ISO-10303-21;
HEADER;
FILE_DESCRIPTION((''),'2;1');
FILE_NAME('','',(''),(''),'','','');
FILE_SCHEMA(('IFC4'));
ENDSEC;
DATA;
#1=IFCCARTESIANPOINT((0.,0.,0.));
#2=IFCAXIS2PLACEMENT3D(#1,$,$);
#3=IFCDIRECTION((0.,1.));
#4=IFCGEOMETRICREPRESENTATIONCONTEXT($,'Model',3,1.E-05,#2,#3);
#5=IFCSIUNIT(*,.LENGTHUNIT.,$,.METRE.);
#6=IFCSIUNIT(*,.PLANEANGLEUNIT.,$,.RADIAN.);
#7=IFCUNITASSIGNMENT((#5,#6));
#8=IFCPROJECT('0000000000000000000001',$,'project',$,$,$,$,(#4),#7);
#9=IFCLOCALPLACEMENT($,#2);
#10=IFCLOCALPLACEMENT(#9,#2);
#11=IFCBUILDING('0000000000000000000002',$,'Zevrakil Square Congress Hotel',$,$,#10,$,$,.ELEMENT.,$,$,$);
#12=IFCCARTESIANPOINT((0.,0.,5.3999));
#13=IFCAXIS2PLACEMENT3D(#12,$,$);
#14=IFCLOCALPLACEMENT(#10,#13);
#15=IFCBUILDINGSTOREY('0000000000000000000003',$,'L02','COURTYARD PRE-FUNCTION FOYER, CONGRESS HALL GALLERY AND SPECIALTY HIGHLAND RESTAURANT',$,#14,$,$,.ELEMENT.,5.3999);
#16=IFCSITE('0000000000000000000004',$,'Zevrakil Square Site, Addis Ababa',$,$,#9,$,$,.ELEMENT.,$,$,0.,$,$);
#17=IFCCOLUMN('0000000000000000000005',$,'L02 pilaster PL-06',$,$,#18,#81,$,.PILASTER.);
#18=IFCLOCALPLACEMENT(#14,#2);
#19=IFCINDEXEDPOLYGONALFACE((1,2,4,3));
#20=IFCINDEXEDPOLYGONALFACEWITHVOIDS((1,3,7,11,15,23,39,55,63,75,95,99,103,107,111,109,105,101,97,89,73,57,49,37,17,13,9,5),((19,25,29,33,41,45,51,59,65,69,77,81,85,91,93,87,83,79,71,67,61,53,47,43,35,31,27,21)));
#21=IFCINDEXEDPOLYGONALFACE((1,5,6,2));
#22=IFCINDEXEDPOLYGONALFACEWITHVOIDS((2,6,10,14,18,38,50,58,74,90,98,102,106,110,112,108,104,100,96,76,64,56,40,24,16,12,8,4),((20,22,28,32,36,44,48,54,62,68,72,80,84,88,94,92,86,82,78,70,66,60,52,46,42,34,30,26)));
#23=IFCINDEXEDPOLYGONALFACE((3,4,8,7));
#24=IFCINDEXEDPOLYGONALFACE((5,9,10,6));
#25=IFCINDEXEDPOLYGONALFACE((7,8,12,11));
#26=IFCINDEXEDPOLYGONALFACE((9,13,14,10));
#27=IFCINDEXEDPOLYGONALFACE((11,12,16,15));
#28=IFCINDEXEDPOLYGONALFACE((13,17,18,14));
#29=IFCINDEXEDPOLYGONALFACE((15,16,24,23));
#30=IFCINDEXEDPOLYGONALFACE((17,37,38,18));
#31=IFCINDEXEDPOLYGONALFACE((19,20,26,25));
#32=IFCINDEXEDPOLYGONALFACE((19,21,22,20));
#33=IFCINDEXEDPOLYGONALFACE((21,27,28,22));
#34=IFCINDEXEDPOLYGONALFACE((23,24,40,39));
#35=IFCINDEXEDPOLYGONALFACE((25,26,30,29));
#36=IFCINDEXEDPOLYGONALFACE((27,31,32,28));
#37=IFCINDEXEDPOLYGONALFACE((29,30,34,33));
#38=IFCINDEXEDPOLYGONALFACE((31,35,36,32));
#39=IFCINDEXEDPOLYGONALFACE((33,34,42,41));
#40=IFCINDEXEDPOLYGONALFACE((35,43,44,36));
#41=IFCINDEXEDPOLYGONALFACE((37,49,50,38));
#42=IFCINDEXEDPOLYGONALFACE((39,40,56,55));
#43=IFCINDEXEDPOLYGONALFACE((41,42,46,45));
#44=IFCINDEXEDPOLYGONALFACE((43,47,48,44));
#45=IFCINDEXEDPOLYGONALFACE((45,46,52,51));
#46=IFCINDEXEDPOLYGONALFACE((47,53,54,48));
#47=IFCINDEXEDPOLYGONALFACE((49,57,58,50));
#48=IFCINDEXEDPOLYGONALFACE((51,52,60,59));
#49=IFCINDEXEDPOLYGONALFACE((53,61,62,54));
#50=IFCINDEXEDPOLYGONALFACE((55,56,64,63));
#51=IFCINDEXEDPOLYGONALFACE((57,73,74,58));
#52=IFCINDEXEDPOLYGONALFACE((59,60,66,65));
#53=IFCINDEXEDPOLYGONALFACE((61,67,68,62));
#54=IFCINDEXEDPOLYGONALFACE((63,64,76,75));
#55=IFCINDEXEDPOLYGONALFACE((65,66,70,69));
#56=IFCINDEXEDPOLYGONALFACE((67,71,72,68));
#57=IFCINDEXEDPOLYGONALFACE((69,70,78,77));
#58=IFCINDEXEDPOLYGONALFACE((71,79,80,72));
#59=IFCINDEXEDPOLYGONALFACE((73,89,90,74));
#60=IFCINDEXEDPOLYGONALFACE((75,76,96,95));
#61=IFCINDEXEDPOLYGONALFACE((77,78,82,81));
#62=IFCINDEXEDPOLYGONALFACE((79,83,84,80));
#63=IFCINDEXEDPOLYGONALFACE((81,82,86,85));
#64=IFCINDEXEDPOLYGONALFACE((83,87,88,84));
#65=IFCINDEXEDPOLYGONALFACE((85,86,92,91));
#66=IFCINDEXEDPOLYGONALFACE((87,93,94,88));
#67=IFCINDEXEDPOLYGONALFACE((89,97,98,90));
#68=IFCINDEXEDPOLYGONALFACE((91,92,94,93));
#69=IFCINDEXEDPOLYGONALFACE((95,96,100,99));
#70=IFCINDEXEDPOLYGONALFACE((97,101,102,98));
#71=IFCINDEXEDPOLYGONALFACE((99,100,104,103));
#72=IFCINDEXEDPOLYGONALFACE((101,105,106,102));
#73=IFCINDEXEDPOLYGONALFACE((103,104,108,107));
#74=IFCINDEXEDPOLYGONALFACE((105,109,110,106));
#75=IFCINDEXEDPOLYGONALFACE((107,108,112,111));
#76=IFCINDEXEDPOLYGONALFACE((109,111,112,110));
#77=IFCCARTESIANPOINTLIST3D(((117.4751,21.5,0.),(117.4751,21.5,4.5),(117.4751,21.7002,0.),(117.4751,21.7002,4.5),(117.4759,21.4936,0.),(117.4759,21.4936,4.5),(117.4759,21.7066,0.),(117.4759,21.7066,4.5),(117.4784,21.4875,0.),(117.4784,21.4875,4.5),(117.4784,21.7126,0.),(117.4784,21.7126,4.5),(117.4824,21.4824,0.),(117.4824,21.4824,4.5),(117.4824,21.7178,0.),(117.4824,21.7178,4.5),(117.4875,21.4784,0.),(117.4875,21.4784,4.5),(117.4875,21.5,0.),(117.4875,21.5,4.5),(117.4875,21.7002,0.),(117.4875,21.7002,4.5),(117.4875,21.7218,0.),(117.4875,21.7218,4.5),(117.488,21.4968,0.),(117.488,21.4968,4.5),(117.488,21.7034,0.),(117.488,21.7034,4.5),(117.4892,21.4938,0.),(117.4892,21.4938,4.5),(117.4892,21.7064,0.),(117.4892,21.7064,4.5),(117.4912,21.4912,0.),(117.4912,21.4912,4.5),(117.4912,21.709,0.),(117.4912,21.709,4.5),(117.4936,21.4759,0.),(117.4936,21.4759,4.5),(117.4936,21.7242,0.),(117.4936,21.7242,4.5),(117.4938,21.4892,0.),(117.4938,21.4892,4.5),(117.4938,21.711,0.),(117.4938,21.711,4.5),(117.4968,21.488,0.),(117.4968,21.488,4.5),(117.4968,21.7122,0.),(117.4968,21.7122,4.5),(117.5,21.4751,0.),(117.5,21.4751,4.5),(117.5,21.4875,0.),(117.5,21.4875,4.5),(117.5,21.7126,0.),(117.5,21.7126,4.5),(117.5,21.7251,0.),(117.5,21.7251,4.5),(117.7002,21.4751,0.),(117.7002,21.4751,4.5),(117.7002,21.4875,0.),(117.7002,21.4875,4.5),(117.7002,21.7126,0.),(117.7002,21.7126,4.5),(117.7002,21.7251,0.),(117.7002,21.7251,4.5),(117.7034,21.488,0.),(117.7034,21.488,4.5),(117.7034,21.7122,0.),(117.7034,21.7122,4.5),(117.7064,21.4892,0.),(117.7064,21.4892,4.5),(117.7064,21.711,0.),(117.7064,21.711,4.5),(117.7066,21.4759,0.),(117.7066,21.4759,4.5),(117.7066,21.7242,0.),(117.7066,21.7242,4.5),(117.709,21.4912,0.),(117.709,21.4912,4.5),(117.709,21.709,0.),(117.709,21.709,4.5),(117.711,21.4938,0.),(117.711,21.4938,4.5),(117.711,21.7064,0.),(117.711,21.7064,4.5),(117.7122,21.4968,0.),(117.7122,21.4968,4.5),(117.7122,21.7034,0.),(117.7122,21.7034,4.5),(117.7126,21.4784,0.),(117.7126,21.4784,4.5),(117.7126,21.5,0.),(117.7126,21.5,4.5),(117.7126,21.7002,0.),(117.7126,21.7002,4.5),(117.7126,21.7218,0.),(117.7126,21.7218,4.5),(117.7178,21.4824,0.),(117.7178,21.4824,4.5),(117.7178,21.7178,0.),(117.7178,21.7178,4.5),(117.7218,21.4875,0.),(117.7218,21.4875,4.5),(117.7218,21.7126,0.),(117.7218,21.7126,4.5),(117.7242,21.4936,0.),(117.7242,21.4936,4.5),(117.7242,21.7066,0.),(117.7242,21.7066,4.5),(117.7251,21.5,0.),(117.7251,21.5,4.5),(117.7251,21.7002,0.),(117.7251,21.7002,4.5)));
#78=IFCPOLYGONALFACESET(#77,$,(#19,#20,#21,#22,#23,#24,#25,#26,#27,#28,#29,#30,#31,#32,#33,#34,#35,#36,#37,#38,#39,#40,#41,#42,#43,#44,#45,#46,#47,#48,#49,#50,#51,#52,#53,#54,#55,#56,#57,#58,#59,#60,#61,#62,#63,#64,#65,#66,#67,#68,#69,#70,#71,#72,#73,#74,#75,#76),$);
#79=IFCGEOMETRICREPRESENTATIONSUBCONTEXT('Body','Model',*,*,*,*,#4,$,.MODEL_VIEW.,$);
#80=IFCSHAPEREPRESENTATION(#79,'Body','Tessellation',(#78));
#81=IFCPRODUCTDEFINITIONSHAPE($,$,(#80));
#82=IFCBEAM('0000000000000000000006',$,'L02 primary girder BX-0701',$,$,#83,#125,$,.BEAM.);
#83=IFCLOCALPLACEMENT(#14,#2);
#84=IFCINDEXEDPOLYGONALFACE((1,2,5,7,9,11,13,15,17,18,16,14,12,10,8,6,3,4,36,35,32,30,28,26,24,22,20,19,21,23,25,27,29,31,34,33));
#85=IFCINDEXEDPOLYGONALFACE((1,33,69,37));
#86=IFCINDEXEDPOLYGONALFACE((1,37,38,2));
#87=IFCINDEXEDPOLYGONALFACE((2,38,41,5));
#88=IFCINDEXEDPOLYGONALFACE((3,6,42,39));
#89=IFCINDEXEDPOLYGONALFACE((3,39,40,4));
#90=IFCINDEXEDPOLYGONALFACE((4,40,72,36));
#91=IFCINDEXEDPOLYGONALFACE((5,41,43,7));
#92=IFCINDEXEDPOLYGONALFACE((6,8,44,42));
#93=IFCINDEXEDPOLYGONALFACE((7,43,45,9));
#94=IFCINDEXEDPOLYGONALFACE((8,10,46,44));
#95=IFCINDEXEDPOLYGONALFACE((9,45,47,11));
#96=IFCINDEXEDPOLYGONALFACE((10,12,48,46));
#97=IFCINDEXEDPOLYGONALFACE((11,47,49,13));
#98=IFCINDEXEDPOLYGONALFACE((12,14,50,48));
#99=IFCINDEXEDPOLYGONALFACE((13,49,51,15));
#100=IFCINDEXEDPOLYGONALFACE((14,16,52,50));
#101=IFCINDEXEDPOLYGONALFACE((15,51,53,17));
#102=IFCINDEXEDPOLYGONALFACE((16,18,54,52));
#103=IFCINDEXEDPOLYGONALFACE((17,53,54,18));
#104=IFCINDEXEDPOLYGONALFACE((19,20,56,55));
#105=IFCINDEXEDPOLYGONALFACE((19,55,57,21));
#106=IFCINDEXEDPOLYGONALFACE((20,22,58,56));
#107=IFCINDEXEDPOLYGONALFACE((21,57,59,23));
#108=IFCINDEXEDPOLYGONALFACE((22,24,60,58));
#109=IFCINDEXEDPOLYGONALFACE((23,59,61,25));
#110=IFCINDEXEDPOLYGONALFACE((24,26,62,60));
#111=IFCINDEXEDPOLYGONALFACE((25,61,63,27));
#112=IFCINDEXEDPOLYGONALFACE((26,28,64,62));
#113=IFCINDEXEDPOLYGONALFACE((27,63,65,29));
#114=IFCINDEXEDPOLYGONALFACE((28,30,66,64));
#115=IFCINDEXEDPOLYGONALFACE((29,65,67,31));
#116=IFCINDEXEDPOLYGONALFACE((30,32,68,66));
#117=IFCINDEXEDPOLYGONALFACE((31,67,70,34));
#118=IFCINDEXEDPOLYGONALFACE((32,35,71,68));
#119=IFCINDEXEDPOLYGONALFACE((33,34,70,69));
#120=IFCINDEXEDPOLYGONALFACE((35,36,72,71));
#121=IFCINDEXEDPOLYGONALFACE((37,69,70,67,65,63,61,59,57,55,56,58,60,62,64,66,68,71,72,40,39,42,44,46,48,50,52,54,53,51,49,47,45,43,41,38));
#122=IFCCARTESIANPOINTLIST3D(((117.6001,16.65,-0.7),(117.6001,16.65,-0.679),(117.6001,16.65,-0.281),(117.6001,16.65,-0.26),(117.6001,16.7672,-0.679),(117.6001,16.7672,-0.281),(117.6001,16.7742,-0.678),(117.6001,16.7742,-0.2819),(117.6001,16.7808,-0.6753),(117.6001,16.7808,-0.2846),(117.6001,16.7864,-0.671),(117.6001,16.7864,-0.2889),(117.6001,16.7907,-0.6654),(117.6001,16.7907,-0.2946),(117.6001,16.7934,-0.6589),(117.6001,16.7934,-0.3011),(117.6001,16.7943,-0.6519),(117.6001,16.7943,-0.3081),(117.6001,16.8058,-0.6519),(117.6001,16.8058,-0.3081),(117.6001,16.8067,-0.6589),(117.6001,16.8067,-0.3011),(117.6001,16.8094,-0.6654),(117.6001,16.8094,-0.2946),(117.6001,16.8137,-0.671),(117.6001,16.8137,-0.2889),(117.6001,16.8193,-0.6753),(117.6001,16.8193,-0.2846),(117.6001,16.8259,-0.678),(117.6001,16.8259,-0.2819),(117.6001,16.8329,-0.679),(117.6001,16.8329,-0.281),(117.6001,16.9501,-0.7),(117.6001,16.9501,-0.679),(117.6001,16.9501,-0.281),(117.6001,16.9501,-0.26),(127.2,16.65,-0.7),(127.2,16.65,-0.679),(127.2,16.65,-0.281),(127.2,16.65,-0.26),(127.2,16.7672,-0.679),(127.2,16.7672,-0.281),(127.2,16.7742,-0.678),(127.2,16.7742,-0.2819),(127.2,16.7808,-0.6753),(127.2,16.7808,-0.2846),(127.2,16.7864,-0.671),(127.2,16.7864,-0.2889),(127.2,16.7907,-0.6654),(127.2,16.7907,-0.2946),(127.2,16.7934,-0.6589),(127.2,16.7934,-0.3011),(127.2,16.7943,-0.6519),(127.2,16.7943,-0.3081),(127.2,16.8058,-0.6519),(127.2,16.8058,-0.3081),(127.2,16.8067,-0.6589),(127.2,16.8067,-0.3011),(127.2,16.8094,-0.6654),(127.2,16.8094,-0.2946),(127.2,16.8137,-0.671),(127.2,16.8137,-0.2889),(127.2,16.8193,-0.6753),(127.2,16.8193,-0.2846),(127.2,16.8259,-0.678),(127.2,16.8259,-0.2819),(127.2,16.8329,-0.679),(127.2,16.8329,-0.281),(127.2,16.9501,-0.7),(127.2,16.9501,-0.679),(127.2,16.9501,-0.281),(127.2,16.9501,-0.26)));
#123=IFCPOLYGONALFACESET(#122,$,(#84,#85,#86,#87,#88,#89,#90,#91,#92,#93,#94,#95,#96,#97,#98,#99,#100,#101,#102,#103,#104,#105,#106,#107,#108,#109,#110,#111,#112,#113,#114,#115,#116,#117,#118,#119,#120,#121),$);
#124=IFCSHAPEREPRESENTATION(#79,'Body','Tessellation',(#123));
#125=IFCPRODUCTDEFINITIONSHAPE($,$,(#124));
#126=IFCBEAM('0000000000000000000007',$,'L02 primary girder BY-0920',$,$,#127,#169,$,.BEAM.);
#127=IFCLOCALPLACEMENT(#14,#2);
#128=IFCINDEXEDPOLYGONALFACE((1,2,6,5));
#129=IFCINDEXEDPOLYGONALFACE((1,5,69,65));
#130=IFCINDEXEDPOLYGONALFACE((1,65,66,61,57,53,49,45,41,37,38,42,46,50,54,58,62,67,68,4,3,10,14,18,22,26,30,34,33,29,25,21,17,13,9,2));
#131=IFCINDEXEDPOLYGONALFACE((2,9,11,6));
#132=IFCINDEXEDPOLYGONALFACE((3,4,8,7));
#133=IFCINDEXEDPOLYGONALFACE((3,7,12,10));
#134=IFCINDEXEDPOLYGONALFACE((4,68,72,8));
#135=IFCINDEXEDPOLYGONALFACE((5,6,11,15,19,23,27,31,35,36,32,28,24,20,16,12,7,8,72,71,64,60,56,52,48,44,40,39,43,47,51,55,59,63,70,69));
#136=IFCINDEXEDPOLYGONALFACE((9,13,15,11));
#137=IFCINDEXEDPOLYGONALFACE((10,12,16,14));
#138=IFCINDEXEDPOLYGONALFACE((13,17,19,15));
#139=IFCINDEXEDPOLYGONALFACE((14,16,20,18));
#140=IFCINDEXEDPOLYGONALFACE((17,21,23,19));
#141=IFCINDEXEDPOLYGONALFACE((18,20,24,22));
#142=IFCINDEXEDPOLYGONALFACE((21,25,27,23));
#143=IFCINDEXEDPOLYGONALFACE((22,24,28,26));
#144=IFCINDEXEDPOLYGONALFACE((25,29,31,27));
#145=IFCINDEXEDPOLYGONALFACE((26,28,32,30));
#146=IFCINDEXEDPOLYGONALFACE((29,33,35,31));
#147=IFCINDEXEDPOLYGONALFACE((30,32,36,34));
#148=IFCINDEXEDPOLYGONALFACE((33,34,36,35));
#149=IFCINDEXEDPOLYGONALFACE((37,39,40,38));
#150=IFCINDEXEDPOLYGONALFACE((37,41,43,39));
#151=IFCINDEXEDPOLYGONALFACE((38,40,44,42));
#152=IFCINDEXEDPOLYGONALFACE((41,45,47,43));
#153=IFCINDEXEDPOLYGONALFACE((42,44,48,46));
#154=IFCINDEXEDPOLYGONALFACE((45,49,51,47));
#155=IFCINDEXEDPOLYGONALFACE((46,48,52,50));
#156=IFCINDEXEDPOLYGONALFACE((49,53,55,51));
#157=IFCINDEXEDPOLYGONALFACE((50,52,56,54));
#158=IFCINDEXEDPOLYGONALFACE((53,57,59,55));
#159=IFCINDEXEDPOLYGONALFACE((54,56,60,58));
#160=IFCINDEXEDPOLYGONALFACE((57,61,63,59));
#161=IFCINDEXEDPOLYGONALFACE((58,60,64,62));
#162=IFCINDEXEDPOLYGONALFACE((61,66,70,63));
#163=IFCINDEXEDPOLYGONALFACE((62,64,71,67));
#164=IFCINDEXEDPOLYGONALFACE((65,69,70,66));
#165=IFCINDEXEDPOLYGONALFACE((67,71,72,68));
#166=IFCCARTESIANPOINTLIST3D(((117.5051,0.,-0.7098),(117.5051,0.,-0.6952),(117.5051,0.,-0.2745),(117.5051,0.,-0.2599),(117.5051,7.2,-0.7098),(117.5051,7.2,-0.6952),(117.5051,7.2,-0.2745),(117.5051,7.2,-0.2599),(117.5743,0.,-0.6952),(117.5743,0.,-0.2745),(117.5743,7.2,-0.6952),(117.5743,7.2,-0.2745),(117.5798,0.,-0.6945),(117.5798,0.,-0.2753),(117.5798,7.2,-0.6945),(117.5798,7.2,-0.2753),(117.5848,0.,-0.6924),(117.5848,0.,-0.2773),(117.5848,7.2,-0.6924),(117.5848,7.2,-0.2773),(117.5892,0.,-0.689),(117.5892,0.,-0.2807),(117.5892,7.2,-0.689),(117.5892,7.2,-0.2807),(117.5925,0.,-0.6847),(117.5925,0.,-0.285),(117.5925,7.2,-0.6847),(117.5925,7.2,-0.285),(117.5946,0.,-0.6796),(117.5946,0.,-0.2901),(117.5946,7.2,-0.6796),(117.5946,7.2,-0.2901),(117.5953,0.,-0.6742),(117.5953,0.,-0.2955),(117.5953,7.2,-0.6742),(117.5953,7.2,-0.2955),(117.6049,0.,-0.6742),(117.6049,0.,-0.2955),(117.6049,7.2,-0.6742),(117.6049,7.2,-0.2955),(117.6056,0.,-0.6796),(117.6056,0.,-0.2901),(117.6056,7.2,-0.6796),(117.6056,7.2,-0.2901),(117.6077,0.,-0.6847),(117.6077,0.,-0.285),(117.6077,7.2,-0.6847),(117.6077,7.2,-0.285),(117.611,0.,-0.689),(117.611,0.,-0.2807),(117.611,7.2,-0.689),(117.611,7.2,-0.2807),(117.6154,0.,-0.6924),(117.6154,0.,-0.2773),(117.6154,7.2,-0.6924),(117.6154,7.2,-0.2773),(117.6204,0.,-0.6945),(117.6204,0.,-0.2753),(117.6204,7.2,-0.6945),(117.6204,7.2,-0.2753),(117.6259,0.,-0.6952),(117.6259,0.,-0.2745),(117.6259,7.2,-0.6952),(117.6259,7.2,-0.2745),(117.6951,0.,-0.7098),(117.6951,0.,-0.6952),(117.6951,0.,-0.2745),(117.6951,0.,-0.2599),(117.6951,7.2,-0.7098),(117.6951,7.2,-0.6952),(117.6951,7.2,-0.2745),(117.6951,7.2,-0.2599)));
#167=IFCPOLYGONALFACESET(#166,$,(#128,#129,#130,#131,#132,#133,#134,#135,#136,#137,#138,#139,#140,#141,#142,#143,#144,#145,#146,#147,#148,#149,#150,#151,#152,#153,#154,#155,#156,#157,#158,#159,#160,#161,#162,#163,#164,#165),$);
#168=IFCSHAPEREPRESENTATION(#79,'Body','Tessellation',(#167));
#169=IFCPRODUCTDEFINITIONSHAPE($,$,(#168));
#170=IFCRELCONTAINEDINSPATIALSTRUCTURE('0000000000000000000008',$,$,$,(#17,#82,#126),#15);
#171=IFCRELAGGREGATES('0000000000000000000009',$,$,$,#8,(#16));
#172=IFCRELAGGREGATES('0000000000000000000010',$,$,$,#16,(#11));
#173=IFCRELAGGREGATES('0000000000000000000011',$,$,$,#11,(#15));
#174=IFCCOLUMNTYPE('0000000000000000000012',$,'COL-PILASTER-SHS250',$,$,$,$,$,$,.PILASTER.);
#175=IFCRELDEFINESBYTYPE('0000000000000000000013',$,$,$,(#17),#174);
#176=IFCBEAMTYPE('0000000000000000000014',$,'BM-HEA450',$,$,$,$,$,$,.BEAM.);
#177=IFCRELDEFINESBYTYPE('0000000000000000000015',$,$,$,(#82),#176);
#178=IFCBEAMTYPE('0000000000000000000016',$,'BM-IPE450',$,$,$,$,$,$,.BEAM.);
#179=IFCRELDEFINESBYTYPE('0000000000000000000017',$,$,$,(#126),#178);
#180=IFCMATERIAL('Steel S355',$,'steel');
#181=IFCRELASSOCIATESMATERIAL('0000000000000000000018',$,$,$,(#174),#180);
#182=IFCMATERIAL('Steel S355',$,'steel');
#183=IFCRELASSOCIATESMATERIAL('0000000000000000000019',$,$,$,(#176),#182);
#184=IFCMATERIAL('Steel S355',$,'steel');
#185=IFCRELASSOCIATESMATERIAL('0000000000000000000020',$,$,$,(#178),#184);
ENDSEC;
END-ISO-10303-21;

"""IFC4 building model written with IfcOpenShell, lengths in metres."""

from ifc_helpers import new_model, si_unit, direction, frame, origin, origin_2d, place, context, subcontext, project, spatial, hollow_rectangle, i_section, extrude, material, material_profile, profile_set, type_object, element, save


model = new_model("IFC4")

# Units and contexts
model_context = context("Model", 3, precision=1e-05, world=origin(), true_north=direction((0.0, 1.0)))
body_context = subcontext(model_context, "Body", "Model", "MODEL_VIEW")
ifc_project = project(units=[si_unit("LENGTHUNIT", "METRE"), si_unit("PLANEANGLEUNIT", "RADIAN")], contexts=[model_context])

# Site, building, storey
site_placement = place(None, origin())
site = spatial("IfcSite", under=ifc_project, at=site_placement, Name="Zevrakil Square Site, Addis Ababa", CompositionType="ELEMENT", RefElevation=0.0)
building_placement = place(site_placement, origin())
building = spatial("IfcBuilding", under=site, at=building_placement, Name="Zevrakil Square Congress Hotel", CompositionType="ELEMENT")
storey_placement = place(building_placement, frame((0.0, 0.0, 5.3999)))
storey = spatial("IfcBuildingStorey", under=building, at=storey_placement, Name="L02", Description="COURTYARD PRE-FUNCTION FOYER, CONGRESS HALL GALLERY AND SPECIALTY HIGHLAND RESTAURANT", CompositionType="ELEMENT", Elevation=5.3999)

# Column
ifc_material_1 = material(Name="Steel S355", Category="steel")
ifc_material_profile_1 = material_profile(ifc_material_1, hollow_rectangle(XDim=0.25, YDim=0.25, WallThickness=0.0125, InnerFilletRadius=0.0125, OuterFilletRadius=0.0249, at=origin_2d()), Name="SHS 250x250x12.5")
ifc_profile_set_1 = profile_set([ifc_material_profile_1], Name="Steel S355")
column_type_1 = type_object("IfcColumnType", Name="COL-PILASTER-SHS250", PredefinedType="PILASTER", material=ifc_profile_set_1)
for number, where, z_axis, x_axis, name in (
    (1, (117.6001, 21.6001, 0.0), (0.0, 0.0, 1.0), (1.0, 0.0, 0.0), "L02 pilaster PL-06"),
):
    element("IfcColumn", number, at=place(storey_placement, frame(where, z_axis=z_axis, x_axis=x_axis)), inside=storey, type_object=column_type_1, Name=name, PredefinedType="PILASTER", context=body_context, shape_type="SweptSolid", body=[
        extrude(hollow_rectangle(XDim=0.25, YDim=0.25, WallThickness=0.0125, InnerFilletRadius=0.0125, OuterFilletRadius=0.0249, at=origin_2d()), origin(), (0.0, 0.0, 1.0), 4.5),
    ])

# Beams
ifc_material_2 = material(Name="Steel S355", Category="steel")
ifc_material_profile_2 = material_profile(ifc_material_2, i_section(OverallWidth=0.3, OverallDepth=0.4399, WebThickness=0.0115, FlangeThickness=0.021, FilletRadius=0.0271, at=origin_2d()), Name="HEA 450")
ifc_profile_set_2 = profile_set([ifc_material_profile_2], Name="Steel S355")
beam_type_1 = type_object("IfcBeamType", Name="BM-HEA450", PredefinedType="BEAM", material=ifc_profile_set_2)
beam_1_placement = place(storey_placement, frame((117.6001, 16.8, -0.48), z_axis=(1.0, 0.0, 0.0), x_axis=(0.0, 1.0, 0.0)))
element("IfcBeam", 2, at=beam_1_placement, inside=storey, type_object=beam_type_1, Name="L02 primary girder BX-0701", PredefinedType="BEAM", context=body_context, shape_type="SweptSolid", body=[
    extrude(i_section(OverallWidth=0.3, OverallDepth=0.4399, WebThickness=0.0115, FlangeThickness=0.021, FilletRadius=0.0271, at=origin_2d()), origin(), (0.0, 0.0, 1.0), 9.5999),
])
ifc_material_3 = material(Name="Steel S355", Category="steel")
ifc_material_profile_3 = material_profile(ifc_material_3, i_section(OverallWidth=0.1899, OverallDepth=0.45, WebThickness=0.0095, FlangeThickness=0.0146, FilletRadius=0.021, at=origin_2d()), Name="IPE 450")
ifc_profile_set_3 = profile_set([ifc_material_profile_3], Name="Steel S355")
beam_type_2 = type_object("IfcBeamType", Name="BM-IPE450", PredefinedType="BEAM", material=ifc_profile_set_3)
beam_2_placement = place(storey_placement, frame((117.6001, 0.0, -0.4849), z_axis=(0.0, 1.0, 0.0), x_axis=(-1.0, 0.0, 0.0)))
element("IfcBeam", 3, at=beam_2_placement, inside=storey, type_object=beam_type_2, Name="L02 primary girder BY-0920", PredefinedType="BEAM", context=body_context, shape_type="SweptSolid", body=[
    extrude(i_section(OverallWidth=0.1899, OverallDepth=0.45, WebThickness=0.0095, FlangeThickness=0.0146, FilletRadius=0.021, at=origin_2d()), origin(), (0.0, 0.0, 1.0), 7.2),
])

save(model, "model.ifc")
